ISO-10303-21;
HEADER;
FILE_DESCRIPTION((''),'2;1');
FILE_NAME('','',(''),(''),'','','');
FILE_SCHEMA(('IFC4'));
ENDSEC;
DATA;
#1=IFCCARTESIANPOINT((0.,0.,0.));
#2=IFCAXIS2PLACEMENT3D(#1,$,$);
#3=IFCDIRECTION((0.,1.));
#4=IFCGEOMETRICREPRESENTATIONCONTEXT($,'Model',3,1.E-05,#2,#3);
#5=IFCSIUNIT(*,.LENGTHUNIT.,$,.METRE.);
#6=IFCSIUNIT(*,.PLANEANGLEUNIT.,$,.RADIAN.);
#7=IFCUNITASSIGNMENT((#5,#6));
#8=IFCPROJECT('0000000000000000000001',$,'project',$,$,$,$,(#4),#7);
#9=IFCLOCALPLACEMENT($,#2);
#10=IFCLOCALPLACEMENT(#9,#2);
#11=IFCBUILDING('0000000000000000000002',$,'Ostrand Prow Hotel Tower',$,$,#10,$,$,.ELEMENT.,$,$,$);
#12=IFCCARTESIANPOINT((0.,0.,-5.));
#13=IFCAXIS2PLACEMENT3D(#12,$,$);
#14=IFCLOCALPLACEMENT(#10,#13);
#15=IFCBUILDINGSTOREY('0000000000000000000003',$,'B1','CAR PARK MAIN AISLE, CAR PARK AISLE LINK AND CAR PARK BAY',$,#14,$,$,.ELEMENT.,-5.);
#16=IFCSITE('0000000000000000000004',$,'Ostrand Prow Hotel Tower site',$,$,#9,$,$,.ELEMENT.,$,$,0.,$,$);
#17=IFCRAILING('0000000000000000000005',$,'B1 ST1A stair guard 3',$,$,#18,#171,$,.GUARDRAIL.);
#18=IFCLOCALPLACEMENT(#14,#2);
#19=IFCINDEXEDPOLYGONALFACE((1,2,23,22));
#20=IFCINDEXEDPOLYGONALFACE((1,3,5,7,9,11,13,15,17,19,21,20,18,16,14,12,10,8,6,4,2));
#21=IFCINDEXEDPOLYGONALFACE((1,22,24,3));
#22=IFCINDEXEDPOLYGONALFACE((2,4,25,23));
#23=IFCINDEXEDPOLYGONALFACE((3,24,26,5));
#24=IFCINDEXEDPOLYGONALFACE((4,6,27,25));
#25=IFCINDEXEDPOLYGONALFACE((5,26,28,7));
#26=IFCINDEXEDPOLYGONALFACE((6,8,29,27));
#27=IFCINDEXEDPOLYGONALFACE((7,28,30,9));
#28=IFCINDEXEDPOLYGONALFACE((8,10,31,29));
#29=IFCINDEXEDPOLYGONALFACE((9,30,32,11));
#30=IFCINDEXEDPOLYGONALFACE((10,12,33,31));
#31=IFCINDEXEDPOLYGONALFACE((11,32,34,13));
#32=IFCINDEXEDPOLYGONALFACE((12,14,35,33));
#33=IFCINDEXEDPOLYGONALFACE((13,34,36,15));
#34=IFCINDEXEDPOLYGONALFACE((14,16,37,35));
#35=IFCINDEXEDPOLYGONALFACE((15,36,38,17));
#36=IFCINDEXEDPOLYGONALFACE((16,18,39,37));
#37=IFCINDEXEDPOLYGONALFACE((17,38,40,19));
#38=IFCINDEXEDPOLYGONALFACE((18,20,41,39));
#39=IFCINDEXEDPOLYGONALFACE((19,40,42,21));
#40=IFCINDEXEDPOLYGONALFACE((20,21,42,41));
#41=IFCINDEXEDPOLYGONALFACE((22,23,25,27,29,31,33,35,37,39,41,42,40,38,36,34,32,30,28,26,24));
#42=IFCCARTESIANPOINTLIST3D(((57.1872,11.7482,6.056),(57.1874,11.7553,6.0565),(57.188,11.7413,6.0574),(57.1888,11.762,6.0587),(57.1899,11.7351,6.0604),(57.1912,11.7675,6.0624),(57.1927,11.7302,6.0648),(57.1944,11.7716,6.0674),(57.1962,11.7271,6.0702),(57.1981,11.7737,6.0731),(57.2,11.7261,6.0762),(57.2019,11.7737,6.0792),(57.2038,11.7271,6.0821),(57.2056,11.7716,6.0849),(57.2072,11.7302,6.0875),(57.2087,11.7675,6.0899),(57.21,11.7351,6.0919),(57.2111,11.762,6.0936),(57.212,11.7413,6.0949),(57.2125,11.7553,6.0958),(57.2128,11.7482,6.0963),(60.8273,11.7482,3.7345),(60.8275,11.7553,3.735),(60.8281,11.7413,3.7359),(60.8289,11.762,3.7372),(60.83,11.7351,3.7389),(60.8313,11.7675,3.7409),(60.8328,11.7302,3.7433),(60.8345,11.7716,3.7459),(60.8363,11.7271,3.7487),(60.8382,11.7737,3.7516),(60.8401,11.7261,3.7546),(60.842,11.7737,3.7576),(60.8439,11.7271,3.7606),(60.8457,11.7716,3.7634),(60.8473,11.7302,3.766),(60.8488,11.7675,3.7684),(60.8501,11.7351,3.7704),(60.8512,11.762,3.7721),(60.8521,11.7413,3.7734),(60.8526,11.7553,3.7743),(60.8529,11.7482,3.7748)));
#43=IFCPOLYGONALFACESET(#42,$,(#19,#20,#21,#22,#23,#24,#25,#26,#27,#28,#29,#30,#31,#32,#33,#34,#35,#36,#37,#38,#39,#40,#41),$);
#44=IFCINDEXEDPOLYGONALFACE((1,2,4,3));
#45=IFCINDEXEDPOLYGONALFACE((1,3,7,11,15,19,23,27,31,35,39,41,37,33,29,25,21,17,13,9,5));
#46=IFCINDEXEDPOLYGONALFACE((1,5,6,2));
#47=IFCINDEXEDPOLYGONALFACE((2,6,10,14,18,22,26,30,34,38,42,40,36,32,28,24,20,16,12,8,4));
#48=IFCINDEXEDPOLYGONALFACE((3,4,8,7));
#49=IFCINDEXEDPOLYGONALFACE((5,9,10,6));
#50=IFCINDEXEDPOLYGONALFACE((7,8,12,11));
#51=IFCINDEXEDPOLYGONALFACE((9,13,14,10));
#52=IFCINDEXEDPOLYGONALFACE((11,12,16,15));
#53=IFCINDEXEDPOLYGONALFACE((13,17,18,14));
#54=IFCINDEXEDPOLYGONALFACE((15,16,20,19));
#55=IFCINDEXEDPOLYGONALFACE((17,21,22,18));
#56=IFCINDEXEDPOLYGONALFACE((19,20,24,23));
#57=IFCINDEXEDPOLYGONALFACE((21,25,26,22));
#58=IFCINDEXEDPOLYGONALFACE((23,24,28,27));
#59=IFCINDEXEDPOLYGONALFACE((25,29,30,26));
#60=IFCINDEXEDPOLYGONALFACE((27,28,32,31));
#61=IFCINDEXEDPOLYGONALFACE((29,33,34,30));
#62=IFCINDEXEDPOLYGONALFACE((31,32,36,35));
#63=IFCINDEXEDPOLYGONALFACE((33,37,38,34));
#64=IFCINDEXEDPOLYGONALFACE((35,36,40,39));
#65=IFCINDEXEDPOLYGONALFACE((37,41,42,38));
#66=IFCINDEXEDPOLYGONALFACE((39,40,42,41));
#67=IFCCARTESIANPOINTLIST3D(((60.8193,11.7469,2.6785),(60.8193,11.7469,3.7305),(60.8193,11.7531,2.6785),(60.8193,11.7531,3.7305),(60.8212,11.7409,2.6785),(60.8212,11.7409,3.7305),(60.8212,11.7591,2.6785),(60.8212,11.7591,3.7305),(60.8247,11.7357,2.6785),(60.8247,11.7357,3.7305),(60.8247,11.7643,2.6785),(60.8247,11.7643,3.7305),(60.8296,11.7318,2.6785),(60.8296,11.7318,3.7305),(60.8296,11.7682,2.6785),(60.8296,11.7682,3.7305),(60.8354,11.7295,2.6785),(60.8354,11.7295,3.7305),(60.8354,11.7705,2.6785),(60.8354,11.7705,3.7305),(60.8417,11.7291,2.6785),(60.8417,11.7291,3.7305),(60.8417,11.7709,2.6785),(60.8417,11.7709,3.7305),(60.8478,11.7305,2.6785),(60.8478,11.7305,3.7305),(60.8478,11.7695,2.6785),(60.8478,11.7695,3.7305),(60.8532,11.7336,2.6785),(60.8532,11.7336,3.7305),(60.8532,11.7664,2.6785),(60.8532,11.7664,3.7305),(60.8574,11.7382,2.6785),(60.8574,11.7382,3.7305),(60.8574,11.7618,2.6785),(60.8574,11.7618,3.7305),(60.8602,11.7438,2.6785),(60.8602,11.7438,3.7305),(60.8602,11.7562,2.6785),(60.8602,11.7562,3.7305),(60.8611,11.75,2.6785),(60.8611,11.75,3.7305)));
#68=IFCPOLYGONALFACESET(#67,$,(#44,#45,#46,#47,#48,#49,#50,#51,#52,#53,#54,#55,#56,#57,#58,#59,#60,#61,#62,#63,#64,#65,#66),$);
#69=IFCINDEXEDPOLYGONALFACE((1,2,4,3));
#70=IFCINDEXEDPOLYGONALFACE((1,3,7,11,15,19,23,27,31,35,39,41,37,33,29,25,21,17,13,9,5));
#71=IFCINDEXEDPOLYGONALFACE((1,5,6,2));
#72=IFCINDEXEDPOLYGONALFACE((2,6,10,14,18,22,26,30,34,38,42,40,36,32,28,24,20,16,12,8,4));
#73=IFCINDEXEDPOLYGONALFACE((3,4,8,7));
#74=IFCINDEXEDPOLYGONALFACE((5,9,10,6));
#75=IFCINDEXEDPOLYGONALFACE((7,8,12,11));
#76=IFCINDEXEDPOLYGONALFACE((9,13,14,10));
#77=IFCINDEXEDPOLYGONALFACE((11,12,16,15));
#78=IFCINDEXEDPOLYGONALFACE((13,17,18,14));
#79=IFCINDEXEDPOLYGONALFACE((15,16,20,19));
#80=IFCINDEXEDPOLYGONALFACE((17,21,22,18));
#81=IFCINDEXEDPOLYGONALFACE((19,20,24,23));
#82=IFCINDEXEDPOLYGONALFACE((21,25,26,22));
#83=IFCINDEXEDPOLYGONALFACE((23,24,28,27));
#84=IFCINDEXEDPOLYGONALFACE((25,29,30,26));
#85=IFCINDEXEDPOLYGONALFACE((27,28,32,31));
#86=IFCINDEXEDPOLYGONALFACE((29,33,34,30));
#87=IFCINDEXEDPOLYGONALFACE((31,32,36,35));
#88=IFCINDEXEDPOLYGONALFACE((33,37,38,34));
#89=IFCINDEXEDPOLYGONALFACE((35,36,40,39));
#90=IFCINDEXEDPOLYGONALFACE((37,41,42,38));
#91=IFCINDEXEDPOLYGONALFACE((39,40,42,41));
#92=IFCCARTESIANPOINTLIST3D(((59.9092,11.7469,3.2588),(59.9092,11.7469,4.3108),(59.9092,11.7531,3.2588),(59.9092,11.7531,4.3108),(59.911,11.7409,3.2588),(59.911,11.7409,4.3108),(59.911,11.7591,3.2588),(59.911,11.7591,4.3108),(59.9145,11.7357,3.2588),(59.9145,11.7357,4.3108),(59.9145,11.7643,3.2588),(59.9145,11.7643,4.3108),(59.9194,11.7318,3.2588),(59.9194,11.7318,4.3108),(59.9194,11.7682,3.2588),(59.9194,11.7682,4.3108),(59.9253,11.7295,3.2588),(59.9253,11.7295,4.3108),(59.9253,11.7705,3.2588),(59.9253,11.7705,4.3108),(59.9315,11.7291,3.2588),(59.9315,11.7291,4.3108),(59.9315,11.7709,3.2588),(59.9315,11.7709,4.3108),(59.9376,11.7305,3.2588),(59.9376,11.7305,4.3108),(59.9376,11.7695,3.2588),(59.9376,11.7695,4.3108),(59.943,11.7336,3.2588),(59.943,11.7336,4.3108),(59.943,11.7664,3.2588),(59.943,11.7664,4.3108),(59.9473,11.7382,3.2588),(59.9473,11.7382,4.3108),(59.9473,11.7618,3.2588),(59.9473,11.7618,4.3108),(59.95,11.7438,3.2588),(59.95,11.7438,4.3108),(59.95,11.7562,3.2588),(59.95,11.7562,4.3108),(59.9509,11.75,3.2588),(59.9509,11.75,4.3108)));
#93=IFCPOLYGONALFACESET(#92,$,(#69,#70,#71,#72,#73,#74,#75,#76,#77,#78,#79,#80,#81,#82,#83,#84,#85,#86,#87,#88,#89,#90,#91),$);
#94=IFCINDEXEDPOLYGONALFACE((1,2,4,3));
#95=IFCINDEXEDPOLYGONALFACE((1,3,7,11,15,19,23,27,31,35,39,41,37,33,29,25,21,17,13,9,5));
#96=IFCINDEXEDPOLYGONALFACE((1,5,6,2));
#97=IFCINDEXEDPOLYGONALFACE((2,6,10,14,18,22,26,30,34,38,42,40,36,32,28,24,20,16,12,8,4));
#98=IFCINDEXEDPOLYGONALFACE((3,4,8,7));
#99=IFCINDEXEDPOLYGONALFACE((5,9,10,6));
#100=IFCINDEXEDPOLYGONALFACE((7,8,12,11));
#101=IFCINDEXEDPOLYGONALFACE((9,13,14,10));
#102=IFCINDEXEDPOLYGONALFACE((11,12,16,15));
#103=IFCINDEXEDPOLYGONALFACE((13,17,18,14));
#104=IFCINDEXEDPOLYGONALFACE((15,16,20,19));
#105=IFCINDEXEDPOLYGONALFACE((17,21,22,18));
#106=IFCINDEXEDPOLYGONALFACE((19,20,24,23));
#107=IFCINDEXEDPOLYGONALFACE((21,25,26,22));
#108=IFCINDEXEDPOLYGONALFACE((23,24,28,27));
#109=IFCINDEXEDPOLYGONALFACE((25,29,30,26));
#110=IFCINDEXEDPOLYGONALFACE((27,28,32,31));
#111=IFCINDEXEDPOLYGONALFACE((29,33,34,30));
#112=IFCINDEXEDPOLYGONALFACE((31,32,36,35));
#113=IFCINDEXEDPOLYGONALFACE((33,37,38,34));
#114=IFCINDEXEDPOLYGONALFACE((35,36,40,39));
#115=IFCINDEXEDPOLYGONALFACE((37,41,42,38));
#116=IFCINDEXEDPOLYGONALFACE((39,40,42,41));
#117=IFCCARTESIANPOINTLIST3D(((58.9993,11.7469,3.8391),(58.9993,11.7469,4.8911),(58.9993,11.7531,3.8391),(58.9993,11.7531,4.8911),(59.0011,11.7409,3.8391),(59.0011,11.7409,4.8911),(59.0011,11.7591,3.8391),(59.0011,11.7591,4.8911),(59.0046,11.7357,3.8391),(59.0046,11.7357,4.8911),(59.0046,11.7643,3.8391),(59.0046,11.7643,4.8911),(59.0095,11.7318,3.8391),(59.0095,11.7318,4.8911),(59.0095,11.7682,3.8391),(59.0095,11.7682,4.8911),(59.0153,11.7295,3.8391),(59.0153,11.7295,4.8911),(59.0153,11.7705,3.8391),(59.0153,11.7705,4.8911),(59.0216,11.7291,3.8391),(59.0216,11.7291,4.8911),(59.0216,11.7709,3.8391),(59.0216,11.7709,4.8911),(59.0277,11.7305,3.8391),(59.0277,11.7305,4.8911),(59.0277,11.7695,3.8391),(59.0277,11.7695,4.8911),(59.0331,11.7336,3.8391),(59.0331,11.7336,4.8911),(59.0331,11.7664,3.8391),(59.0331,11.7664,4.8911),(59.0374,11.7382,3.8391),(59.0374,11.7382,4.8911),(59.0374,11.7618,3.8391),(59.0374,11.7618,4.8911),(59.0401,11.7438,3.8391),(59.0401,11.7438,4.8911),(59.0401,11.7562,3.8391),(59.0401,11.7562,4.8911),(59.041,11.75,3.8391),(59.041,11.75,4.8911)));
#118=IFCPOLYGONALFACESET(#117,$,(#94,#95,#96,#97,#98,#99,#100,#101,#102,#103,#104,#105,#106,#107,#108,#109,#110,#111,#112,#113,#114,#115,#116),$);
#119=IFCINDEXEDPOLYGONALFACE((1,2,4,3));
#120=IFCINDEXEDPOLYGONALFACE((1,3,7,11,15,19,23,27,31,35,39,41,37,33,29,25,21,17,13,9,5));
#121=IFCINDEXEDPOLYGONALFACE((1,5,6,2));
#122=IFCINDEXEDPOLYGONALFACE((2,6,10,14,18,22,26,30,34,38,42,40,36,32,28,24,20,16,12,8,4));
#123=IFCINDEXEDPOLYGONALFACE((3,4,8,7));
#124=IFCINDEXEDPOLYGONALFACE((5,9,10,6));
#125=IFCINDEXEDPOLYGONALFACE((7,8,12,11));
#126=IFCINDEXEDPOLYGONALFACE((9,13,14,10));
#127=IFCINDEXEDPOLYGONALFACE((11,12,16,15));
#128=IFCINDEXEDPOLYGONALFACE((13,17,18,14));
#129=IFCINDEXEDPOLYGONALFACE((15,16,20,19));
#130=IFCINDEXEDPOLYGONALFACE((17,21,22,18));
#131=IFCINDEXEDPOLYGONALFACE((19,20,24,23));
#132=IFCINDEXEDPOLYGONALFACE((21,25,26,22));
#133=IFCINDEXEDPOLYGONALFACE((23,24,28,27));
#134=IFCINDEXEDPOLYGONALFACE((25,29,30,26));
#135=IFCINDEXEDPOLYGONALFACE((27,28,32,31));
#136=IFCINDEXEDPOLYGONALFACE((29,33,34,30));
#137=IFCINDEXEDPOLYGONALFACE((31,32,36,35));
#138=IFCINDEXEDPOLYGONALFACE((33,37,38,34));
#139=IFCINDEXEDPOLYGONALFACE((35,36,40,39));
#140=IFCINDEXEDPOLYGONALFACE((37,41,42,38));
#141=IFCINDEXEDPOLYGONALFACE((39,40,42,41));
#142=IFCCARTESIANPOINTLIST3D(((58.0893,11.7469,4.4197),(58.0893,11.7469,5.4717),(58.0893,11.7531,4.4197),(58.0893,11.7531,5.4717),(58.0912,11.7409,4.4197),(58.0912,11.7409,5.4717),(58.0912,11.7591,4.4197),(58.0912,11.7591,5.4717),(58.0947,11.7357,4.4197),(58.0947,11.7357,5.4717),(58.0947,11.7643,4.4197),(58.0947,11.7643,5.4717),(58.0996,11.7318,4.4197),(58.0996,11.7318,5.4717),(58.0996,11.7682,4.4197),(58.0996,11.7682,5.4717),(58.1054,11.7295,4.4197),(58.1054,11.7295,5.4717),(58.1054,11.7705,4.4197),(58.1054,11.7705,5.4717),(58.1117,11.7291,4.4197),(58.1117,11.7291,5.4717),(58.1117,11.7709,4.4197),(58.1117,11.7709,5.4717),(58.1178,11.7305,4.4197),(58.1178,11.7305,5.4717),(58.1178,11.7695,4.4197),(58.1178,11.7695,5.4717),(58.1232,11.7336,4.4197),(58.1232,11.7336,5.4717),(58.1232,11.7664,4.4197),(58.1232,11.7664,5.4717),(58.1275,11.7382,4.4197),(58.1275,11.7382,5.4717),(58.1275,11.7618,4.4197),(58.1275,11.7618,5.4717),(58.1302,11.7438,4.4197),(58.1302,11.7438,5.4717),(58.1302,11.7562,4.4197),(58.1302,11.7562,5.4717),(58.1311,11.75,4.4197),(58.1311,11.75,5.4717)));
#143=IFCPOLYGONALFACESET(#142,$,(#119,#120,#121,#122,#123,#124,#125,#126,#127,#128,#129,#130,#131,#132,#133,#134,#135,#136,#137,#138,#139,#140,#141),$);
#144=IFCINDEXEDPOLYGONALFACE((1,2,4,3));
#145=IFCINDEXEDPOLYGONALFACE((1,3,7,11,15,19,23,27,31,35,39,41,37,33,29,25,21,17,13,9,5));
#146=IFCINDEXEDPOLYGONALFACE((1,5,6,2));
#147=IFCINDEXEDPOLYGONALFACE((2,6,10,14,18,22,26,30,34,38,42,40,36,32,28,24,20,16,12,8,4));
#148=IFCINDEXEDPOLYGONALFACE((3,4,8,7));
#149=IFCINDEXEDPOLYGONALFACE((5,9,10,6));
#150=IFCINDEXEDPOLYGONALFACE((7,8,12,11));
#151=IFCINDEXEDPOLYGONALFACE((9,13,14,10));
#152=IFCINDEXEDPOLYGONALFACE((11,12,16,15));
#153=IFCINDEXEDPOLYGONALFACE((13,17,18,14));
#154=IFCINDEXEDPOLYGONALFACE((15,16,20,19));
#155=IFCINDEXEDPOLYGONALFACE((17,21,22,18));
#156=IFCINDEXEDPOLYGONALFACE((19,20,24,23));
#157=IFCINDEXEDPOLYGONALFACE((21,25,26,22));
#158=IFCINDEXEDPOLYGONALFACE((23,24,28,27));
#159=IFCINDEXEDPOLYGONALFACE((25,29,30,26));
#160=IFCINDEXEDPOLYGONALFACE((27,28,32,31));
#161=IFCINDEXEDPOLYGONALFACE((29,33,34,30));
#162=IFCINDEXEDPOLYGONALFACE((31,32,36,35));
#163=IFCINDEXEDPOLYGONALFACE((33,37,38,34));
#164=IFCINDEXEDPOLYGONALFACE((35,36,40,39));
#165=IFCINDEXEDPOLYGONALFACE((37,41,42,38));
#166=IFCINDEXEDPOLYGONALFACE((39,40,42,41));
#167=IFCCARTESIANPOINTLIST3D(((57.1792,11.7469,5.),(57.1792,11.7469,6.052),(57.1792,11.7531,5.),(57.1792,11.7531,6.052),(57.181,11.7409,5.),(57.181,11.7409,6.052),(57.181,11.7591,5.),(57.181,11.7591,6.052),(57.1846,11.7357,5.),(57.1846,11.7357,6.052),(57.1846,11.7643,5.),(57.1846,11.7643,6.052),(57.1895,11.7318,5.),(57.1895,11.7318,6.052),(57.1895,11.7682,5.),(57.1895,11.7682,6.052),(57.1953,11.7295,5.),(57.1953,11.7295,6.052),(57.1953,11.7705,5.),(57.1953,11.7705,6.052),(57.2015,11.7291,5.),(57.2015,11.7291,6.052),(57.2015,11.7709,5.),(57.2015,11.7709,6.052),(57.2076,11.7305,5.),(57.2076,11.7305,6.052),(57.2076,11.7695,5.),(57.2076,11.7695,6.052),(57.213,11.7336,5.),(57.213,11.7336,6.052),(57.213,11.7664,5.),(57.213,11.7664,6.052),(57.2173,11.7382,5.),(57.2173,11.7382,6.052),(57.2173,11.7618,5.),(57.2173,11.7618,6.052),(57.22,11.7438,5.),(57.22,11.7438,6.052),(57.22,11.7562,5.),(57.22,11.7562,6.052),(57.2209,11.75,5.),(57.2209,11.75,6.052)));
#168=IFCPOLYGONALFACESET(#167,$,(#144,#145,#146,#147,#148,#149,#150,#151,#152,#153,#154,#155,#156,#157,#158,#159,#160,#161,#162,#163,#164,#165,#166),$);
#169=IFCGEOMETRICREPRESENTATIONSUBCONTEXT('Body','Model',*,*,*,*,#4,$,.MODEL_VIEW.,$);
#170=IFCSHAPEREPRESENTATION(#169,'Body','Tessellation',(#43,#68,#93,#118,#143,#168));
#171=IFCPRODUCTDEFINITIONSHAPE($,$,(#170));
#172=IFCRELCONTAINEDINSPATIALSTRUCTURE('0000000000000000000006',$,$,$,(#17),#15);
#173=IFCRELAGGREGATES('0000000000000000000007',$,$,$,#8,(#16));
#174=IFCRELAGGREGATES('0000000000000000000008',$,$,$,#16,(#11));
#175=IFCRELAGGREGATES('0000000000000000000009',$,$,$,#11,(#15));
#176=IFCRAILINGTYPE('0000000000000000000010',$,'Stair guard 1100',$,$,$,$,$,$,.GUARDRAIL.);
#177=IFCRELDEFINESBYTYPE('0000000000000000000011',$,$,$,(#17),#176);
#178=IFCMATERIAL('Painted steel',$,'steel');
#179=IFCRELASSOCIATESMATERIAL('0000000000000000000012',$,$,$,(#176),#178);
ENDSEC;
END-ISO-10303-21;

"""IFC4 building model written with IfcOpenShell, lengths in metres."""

from ifc_helpers import new_model, si_unit, direction, frame, origin, origin_2d, place, context, subcontext, project, spatial, circle, extrude, material, type_object, element, save


model = new_model("IFC4")

# Units and contexts
model_context = context("Model", 3, precision=1e-05, world=origin(), true_north=direction((0.0, 1.0)))
body_context = subcontext(model_context, "Body", "Model", "MODEL_VIEW")
ifc_project = project(units=[si_unit("LENGTHUNIT", "METRE"), si_unit("PLANEANGLEUNIT", "RADIAN")], contexts=[model_context])

# Site, building, storey
site_placement = place(None, origin())
site = spatial("IfcSite", under=ifc_project, at=site_placement, Name="Ostrand Prow Hotel Tower site", CompositionType="ELEMENT", RefElevation=0.0)
building_placement = place(site_placement, origin())
building = spatial("IfcBuilding", under=site, at=building_placement, Name="Ostrand Prow Hotel Tower", CompositionType="ELEMENT")
storey_placement = place(building_placement, frame((0.0, 0.0, -5.0)))
storey = spatial("IfcBuildingStorey", under=building, at=storey_placement, Name="B1", Description="CAR PARK MAIN AISLE, CAR PARK AISLE LINK AND CAR PARK BAY", CompositionType="ELEMENT", Elevation=-5.0)

# Railing
ifc_material_1 = material(Name="Painted steel", Category="steel")
railing_type_1 = type_object("IfcRailingType", Name="Stair guard 1100", PredefinedType="GUARDRAIL", material=ifc_material_1)
railing_1_placement = place(storey_placement, frame((60.8401, 11.75, 2.6785)))
element("IfcRailing", 1, at=railing_1_placement, inside=storey, type_object=railing_type_1, Name="B1 ST1A stair guard 3", PredefinedType="GUARDRAIL", context=body_context, shape_type="SweptSolid", body=[
    extrude(circle(Radius=0.0239, at=origin_2d()), frame((0.0, 0.0, 1.0762), z_axis=(-0.843128, 0.0, 0.537713), x_axis=(0.0, -1.0, 0.0)), (0.0, 0.0, 1.0), 4.3174),
    extrude(circle(Radius=0.021, at=origin_2d()), origin(), (0.0, 0.0, 1.0), 1.052),
    extrude(circle(Radius=0.021, at=origin_2d()), frame((-0.9102, 0.0, 0.5803)), (0.0, 0.0, 1.0), 1.052),
    extrude(circle(Radius=0.021, at=origin_2d()), frame((-1.8201, 0.0, 1.1606)), (0.0, 0.0, 1.0), 1.052),
    extrude(circle(Radius=0.021, at=origin_2d()), frame((-2.73, 0.0, 1.7412)), (0.0, 0.0, 1.0), 1.052),
    extrude(circle(Radius=0.021, at=origin_2d()), frame((-3.6401, 0.0, 2.3215)), (0.0, 0.0, 1.0), 1.052),
])

save(model, "model.ifc")
